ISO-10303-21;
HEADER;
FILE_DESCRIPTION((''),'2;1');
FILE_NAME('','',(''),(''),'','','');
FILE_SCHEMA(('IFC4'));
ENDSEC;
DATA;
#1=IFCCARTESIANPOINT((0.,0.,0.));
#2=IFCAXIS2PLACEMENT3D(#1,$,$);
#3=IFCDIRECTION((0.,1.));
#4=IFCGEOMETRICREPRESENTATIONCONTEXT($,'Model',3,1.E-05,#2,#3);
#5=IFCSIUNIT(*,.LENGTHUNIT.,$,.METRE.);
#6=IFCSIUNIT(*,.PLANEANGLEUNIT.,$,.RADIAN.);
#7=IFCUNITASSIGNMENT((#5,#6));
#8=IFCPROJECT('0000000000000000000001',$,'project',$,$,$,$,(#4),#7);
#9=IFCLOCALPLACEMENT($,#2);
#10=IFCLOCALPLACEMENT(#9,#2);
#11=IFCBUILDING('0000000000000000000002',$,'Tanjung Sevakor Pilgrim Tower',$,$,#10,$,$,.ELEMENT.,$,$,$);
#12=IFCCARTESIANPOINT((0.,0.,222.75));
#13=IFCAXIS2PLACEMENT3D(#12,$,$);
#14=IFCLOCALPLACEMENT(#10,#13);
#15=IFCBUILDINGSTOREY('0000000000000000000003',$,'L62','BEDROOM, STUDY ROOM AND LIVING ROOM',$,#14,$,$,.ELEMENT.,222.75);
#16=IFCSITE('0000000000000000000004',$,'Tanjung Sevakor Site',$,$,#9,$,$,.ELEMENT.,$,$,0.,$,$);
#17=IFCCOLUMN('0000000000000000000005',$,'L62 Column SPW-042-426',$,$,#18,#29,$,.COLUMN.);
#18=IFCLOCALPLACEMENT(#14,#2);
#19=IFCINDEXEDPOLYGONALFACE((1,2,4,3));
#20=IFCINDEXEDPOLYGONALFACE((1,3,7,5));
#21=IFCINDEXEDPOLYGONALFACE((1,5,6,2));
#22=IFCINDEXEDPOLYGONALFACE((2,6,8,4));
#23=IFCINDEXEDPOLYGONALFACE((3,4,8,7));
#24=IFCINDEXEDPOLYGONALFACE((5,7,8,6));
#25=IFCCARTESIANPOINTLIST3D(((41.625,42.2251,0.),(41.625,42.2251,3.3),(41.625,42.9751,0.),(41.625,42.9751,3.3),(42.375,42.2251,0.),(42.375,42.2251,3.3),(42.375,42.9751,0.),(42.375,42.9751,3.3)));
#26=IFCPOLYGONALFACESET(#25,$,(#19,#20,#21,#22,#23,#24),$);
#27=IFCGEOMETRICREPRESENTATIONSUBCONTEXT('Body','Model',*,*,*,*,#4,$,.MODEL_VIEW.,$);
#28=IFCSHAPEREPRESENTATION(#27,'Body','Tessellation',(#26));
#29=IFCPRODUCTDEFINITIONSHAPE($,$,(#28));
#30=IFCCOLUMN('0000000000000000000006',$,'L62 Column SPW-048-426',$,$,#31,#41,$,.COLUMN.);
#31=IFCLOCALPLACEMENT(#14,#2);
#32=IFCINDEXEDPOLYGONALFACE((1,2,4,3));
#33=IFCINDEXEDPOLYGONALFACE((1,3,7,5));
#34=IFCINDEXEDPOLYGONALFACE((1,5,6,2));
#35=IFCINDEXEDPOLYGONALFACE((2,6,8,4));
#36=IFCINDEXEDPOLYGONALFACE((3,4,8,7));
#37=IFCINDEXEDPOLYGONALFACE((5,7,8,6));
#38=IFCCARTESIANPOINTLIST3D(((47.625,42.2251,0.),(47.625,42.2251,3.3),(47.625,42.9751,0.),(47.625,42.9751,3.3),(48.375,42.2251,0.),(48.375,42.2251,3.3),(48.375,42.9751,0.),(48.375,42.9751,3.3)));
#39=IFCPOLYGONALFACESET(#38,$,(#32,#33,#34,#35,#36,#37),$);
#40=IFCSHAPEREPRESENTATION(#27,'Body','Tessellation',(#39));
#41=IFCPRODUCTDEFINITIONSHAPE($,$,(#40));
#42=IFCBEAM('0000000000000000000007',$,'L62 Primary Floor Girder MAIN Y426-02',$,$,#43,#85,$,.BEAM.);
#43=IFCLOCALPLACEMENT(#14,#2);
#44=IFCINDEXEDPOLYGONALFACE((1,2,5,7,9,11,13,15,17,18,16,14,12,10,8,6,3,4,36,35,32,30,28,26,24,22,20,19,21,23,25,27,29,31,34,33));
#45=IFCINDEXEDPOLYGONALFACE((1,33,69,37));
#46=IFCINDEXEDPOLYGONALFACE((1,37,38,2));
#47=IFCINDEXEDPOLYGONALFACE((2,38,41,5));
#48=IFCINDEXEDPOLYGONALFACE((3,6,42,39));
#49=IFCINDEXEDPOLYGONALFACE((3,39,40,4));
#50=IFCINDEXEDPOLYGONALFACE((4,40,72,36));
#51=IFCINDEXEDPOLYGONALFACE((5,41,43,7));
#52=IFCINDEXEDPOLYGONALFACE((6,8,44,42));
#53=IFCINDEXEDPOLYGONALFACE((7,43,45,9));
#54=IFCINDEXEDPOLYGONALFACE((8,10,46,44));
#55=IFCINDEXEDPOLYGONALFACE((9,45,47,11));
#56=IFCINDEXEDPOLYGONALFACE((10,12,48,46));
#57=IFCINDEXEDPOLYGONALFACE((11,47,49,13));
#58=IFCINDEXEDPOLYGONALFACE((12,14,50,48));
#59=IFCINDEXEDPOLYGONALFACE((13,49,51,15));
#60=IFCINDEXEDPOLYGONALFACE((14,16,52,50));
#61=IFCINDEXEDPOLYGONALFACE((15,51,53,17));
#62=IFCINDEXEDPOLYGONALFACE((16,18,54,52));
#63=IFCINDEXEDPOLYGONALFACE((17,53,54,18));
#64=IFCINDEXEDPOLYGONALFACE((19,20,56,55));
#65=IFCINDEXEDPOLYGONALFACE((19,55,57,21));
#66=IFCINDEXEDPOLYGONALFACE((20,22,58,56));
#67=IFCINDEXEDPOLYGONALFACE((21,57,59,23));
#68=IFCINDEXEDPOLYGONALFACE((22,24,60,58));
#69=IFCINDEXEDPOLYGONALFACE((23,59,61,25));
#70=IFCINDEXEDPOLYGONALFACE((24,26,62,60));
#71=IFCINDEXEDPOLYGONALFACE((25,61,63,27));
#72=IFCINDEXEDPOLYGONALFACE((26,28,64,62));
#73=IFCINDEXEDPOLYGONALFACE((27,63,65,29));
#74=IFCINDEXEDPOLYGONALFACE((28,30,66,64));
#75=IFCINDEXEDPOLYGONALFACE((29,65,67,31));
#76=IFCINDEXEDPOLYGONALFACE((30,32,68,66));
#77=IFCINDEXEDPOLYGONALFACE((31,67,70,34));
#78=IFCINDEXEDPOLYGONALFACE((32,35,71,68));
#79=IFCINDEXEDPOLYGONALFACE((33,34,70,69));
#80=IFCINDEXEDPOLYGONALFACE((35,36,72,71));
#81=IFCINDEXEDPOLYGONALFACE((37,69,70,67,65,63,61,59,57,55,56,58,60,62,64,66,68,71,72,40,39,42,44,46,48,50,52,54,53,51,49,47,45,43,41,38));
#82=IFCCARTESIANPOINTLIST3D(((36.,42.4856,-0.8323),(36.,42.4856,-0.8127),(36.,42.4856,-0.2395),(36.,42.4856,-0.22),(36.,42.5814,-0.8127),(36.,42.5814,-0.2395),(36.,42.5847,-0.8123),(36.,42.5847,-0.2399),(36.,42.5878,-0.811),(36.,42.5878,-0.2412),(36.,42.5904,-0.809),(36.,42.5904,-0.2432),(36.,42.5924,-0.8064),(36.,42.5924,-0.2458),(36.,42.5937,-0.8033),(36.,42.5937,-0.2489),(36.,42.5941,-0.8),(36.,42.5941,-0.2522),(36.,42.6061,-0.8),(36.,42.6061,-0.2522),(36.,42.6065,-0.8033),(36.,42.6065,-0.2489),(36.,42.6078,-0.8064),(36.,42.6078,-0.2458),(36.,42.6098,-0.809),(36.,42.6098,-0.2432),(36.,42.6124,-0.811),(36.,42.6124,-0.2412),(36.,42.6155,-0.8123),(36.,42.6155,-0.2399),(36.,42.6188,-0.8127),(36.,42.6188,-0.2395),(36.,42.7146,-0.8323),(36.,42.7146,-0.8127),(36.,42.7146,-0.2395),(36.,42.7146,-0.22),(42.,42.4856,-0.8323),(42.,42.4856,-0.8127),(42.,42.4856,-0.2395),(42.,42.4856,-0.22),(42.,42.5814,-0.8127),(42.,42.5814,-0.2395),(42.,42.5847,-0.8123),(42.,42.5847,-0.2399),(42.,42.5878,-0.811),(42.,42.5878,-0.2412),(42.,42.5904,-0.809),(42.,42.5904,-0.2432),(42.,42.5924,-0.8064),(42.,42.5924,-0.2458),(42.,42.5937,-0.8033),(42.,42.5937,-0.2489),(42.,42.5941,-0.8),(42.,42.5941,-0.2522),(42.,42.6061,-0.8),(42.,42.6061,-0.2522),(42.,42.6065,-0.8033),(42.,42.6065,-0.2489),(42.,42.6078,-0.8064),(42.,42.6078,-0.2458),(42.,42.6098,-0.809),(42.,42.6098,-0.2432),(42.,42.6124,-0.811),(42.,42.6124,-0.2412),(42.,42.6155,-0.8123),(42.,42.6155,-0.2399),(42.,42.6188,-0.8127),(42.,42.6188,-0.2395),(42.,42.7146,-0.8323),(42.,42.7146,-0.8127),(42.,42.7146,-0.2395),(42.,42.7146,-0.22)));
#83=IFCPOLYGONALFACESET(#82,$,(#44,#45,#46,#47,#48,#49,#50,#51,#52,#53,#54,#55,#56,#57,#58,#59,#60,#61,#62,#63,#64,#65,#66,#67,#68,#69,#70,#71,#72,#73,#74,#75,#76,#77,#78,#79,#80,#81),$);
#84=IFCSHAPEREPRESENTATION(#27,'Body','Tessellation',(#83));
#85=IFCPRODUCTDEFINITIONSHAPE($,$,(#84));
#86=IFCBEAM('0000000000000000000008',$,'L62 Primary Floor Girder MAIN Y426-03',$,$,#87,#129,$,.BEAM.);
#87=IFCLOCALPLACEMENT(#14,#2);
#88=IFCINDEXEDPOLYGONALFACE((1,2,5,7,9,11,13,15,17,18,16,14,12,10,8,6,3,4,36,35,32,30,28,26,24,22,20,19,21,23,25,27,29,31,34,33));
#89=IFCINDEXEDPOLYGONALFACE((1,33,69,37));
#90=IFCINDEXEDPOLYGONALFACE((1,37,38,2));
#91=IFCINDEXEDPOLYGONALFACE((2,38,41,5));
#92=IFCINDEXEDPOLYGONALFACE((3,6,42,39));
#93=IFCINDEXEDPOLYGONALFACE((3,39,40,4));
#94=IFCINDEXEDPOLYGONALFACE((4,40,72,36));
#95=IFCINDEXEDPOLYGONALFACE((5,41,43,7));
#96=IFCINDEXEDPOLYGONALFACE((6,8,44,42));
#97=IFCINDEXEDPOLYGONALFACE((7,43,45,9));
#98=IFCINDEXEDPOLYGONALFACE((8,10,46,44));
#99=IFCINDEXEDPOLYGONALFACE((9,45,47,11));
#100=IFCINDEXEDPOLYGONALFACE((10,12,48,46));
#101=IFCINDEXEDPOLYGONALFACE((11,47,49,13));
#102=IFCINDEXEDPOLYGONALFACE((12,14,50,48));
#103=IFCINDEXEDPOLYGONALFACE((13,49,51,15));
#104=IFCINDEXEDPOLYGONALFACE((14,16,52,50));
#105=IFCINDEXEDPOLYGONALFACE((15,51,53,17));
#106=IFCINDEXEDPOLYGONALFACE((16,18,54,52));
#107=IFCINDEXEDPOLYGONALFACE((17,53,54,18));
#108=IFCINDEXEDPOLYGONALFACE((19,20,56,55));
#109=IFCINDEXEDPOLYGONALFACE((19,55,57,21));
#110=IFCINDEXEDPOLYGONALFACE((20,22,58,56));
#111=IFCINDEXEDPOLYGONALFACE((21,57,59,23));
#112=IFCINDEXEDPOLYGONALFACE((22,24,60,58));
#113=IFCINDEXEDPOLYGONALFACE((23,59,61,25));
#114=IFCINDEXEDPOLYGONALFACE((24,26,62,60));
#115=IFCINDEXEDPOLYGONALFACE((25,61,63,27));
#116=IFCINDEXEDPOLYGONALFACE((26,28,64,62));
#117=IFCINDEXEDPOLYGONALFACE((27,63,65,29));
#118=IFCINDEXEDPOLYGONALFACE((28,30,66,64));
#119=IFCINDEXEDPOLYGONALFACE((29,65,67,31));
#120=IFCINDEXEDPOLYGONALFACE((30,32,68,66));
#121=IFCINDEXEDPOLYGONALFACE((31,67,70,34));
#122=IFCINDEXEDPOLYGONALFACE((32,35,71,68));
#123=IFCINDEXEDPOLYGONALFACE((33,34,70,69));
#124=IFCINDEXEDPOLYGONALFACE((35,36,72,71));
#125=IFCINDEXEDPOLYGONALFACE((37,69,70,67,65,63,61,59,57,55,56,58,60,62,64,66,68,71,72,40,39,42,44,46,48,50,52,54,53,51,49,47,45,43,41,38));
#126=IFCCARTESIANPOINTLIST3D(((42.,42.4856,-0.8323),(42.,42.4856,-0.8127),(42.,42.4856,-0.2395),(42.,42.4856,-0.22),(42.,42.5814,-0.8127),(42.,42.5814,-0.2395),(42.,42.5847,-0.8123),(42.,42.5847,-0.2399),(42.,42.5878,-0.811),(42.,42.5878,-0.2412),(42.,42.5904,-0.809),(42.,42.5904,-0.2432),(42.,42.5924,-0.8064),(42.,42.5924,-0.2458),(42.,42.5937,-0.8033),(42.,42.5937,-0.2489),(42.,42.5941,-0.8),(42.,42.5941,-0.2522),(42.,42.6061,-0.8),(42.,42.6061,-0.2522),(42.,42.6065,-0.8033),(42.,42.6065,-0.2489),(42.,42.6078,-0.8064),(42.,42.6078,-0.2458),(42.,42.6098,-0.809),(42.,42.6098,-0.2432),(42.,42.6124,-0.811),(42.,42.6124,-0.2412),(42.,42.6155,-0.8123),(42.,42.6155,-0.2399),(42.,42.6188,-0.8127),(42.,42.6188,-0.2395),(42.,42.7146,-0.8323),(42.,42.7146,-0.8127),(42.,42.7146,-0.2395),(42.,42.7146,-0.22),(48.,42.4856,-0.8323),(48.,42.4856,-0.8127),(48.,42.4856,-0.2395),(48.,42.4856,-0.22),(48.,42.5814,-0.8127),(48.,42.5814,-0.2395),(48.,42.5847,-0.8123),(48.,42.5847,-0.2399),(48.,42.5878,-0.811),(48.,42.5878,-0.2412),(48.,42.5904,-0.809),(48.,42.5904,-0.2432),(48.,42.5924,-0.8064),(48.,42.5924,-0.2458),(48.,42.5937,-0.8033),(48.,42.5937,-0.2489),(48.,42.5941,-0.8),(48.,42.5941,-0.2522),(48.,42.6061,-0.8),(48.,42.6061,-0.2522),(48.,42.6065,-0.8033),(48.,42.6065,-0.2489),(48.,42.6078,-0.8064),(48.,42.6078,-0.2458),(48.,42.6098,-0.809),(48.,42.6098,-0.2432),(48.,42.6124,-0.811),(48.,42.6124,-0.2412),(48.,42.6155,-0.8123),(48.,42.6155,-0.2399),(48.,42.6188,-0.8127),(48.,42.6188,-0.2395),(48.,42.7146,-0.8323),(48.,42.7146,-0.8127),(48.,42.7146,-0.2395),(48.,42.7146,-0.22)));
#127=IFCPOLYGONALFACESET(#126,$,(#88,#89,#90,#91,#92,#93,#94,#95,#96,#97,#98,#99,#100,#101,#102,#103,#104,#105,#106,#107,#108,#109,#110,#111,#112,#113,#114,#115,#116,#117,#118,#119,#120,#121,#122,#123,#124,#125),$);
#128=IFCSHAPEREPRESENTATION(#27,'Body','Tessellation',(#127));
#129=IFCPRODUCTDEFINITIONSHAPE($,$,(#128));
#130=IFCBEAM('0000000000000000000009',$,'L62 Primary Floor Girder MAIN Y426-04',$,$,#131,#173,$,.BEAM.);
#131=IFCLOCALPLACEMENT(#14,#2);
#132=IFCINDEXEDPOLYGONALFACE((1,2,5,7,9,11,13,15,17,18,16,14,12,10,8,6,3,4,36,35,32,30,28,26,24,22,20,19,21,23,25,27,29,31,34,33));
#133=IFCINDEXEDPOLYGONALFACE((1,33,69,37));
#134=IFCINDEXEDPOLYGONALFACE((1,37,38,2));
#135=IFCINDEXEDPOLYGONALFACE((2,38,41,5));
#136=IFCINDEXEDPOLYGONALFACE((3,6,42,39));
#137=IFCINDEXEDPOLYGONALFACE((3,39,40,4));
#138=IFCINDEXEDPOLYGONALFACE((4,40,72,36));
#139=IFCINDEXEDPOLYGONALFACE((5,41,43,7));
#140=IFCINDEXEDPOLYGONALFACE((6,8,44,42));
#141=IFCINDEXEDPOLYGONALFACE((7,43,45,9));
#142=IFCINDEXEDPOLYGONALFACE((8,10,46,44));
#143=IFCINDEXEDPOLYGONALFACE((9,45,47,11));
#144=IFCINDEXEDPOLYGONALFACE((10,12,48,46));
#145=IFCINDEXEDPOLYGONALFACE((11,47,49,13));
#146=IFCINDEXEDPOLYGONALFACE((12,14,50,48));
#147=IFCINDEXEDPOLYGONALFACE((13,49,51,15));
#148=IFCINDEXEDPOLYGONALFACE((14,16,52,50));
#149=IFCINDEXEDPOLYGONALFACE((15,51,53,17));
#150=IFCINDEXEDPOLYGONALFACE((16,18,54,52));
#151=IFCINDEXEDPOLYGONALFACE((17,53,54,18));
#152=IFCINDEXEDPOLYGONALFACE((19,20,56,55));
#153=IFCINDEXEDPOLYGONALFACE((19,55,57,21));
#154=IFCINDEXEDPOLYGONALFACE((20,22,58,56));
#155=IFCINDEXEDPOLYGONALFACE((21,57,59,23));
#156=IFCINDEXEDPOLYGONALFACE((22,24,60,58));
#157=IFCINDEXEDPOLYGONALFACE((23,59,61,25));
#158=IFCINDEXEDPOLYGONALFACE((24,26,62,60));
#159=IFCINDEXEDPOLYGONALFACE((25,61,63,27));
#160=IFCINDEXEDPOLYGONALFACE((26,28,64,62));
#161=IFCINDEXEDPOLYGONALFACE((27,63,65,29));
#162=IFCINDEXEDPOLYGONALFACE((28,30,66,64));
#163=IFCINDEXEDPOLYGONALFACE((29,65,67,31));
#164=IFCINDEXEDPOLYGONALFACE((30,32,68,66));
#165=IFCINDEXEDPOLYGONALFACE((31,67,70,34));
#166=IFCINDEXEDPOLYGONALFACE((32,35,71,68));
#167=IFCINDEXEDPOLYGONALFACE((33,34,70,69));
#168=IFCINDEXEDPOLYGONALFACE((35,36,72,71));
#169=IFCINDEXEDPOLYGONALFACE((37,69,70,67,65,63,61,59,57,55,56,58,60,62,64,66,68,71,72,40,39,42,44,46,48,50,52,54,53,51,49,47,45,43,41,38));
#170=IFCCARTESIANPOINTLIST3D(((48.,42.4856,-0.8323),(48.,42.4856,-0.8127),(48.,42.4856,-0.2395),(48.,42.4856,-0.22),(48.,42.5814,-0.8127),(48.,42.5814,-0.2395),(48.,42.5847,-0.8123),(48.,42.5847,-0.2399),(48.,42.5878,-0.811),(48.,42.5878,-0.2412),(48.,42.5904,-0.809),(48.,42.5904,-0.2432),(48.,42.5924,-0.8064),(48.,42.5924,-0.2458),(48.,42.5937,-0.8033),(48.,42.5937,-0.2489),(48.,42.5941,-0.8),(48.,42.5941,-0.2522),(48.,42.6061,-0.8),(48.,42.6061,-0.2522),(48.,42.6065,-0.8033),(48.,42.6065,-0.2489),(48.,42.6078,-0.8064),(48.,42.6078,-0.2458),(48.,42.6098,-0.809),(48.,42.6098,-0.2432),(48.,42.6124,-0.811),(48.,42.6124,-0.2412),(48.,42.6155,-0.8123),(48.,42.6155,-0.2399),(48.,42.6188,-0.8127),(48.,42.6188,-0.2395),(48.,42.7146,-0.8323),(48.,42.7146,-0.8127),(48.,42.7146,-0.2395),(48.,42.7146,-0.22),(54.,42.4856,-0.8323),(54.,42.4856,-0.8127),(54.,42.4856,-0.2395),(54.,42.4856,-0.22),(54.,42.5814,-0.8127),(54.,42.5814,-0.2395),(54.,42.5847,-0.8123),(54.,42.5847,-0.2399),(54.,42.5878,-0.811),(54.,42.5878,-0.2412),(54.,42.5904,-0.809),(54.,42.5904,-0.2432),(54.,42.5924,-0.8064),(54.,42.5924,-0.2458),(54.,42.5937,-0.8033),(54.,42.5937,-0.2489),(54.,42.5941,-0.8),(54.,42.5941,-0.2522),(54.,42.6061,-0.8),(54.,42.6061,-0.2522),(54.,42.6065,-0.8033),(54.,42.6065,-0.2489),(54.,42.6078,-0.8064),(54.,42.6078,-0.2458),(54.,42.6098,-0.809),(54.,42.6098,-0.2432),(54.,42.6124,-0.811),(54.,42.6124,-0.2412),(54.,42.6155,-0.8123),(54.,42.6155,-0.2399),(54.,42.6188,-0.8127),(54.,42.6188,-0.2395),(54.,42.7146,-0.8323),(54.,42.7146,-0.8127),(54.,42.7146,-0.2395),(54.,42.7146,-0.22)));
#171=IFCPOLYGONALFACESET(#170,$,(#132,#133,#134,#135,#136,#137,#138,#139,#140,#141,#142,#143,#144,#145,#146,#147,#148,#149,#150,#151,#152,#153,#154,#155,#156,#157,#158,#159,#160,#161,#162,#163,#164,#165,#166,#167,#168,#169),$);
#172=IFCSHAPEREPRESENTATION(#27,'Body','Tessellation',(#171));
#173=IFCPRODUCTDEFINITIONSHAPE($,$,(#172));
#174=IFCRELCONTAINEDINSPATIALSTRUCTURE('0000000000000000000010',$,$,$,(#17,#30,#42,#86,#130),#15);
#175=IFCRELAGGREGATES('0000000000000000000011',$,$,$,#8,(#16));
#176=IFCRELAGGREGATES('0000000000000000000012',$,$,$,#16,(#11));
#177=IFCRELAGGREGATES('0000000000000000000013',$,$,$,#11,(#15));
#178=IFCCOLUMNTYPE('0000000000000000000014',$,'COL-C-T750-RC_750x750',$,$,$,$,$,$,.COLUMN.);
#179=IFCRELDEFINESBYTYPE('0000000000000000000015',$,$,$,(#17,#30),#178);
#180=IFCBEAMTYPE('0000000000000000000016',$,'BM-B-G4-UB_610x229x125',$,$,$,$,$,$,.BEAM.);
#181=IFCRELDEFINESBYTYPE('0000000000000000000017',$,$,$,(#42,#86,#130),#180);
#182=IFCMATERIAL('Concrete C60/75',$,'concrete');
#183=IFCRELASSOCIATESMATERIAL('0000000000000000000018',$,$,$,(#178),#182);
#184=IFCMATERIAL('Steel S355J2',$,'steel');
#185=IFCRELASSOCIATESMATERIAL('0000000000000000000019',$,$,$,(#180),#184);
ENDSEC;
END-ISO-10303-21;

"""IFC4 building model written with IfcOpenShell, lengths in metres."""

from ifc_helpers import new_model, si_unit, direction, frame, origin, origin_2d, place, context, subcontext, project, spatial, rectangle, i_section, extrude, material, material_profile, profile_set, type_object, element, save


model = new_model("IFC4")

# Units and contexts
model_context = context("Model", 3, precision=1e-05, world=origin(), true_north=direction((0.0, 1.0)))
body_context = subcontext(model_context, "Body", "Model", "MODEL_VIEW")
ifc_project = project(units=[si_unit("LENGTHUNIT", "METRE"), si_unit("PLANEANGLEUNIT", "RADIAN")], contexts=[model_context])

# Site, building, storey
site_placement = place(None, origin())
site = spatial("IfcSite", under=ifc_project, at=site_placement, Name="Tanjung Sevakor Site", CompositionType="ELEMENT", RefElevation=0.0)
building_placement = place(site_placement, origin())
building = spatial("IfcBuilding", under=site, at=building_placement, Name="Tanjung Sevakor Pilgrim Tower", CompositionType="ELEMENT")
storey_placement = place(building_placement, frame((0.0, 0.0, 222.75)))
storey = spatial("IfcBuildingStorey", under=building, at=storey_placement, Name="L62", Description="BEDROOM, STUDY ROOM AND LIVING ROOM", CompositionType="ELEMENT", Elevation=222.75)

# Columns
ifc_material_1 = material(Name="Concrete C60/75", Category="concrete")
ifc_material_profile_1 = material_profile(ifc_material_1, rectangle(XDim=0.75, YDim=0.75, at=origin_2d()))
ifc_profile_set_1 = profile_set([ifc_material_profile_1], Name="Concrete C60/75")
column_type = type_object("IfcColumnType", Name="COL-C-T750-RC_750x750", PredefinedType="COLUMN", material=ifc_profile_set_1)
for number, where, z_axis, x_axis, name in (
    (1, (42.0, 42.6001, 0.0), (0.0, 0.0, 1.0), (1.0, 0.0, 0.0), "L62 Column SPW-042-426"),
    (2, (48.0, 42.6001, 0.0), (0.0, 0.0, 1.0), (1.0, 0.0, 0.0), "L62 Column SPW-048-426"),
):
    element("IfcColumn", number, at=place(storey_placement, frame(where, z_axis=z_axis, x_axis=x_axis)), inside=storey, type_object=column_type, Name=name, PredefinedType="COLUMN", context=body_context, shape_type="SweptSolid", body=[
        extrude(rectangle(XDim=0.75, YDim=0.75, at=origin_2d()), origin(), (0.0, 0.0, 1.0), 3.3),
    ])

# Beams
ifc_material_2 = material(Name="Steel S355J2", Category="steel")
ifc_material_profile_2 = material_profile(ifc_material_2, i_section(OverallWidth=0.229, OverallDepth=0.6123, WebThickness=0.012, FlangeThickness=0.0195, FilletRadius=0.0127, at=origin_2d()))
ifc_profile_set_2 = profile_set([ifc_material_profile_2], Name="Steel S355J2")
beam_type_1 = type_object("IfcBeamType", Name="BM-B-G4-UB_610x229x125", PredefinedType="BEAM", material=ifc_profile_set_2)
for number, where, z_axis, x_axis, name in (
    (3, (36.0, 42.6001, -0.5261), (1.0, 0.0, 0.0), (0.0, 1.0, 0.0), "L62 Primary Floor Girder MAIN Y426-02"),
    (4, (42.0, 42.6001, -0.5261), (1.0, 0.0, 0.0), (0.0, 1.0, 0.0), "L62 Primary Floor Girder MAIN Y426-03"),
    (5, (48.0, 42.6001, -0.5261), (1.0, 0.0, 0.0), (0.0, 1.0, 0.0), "L62 Primary Floor Girder MAIN Y426-04"),
):
    element("IfcBeam", number, at=place(storey_placement, frame(where, z_axis=z_axis, x_axis=x_axis)), inside=storey, type_object=beam_type_1, Name=name, PredefinedType="BEAM", context=body_context, shape_type="SweptSolid", body=[
        extrude(i_section(OverallWidth=0.229, OverallDepth=0.6123, WebThickness=0.012, FlangeThickness=0.0195, FilletRadius=0.0127, at=origin_2d()), origin(), (0.0, 0.0, 1.0), 6.0),
    ])

save(model, "model.ifc")
